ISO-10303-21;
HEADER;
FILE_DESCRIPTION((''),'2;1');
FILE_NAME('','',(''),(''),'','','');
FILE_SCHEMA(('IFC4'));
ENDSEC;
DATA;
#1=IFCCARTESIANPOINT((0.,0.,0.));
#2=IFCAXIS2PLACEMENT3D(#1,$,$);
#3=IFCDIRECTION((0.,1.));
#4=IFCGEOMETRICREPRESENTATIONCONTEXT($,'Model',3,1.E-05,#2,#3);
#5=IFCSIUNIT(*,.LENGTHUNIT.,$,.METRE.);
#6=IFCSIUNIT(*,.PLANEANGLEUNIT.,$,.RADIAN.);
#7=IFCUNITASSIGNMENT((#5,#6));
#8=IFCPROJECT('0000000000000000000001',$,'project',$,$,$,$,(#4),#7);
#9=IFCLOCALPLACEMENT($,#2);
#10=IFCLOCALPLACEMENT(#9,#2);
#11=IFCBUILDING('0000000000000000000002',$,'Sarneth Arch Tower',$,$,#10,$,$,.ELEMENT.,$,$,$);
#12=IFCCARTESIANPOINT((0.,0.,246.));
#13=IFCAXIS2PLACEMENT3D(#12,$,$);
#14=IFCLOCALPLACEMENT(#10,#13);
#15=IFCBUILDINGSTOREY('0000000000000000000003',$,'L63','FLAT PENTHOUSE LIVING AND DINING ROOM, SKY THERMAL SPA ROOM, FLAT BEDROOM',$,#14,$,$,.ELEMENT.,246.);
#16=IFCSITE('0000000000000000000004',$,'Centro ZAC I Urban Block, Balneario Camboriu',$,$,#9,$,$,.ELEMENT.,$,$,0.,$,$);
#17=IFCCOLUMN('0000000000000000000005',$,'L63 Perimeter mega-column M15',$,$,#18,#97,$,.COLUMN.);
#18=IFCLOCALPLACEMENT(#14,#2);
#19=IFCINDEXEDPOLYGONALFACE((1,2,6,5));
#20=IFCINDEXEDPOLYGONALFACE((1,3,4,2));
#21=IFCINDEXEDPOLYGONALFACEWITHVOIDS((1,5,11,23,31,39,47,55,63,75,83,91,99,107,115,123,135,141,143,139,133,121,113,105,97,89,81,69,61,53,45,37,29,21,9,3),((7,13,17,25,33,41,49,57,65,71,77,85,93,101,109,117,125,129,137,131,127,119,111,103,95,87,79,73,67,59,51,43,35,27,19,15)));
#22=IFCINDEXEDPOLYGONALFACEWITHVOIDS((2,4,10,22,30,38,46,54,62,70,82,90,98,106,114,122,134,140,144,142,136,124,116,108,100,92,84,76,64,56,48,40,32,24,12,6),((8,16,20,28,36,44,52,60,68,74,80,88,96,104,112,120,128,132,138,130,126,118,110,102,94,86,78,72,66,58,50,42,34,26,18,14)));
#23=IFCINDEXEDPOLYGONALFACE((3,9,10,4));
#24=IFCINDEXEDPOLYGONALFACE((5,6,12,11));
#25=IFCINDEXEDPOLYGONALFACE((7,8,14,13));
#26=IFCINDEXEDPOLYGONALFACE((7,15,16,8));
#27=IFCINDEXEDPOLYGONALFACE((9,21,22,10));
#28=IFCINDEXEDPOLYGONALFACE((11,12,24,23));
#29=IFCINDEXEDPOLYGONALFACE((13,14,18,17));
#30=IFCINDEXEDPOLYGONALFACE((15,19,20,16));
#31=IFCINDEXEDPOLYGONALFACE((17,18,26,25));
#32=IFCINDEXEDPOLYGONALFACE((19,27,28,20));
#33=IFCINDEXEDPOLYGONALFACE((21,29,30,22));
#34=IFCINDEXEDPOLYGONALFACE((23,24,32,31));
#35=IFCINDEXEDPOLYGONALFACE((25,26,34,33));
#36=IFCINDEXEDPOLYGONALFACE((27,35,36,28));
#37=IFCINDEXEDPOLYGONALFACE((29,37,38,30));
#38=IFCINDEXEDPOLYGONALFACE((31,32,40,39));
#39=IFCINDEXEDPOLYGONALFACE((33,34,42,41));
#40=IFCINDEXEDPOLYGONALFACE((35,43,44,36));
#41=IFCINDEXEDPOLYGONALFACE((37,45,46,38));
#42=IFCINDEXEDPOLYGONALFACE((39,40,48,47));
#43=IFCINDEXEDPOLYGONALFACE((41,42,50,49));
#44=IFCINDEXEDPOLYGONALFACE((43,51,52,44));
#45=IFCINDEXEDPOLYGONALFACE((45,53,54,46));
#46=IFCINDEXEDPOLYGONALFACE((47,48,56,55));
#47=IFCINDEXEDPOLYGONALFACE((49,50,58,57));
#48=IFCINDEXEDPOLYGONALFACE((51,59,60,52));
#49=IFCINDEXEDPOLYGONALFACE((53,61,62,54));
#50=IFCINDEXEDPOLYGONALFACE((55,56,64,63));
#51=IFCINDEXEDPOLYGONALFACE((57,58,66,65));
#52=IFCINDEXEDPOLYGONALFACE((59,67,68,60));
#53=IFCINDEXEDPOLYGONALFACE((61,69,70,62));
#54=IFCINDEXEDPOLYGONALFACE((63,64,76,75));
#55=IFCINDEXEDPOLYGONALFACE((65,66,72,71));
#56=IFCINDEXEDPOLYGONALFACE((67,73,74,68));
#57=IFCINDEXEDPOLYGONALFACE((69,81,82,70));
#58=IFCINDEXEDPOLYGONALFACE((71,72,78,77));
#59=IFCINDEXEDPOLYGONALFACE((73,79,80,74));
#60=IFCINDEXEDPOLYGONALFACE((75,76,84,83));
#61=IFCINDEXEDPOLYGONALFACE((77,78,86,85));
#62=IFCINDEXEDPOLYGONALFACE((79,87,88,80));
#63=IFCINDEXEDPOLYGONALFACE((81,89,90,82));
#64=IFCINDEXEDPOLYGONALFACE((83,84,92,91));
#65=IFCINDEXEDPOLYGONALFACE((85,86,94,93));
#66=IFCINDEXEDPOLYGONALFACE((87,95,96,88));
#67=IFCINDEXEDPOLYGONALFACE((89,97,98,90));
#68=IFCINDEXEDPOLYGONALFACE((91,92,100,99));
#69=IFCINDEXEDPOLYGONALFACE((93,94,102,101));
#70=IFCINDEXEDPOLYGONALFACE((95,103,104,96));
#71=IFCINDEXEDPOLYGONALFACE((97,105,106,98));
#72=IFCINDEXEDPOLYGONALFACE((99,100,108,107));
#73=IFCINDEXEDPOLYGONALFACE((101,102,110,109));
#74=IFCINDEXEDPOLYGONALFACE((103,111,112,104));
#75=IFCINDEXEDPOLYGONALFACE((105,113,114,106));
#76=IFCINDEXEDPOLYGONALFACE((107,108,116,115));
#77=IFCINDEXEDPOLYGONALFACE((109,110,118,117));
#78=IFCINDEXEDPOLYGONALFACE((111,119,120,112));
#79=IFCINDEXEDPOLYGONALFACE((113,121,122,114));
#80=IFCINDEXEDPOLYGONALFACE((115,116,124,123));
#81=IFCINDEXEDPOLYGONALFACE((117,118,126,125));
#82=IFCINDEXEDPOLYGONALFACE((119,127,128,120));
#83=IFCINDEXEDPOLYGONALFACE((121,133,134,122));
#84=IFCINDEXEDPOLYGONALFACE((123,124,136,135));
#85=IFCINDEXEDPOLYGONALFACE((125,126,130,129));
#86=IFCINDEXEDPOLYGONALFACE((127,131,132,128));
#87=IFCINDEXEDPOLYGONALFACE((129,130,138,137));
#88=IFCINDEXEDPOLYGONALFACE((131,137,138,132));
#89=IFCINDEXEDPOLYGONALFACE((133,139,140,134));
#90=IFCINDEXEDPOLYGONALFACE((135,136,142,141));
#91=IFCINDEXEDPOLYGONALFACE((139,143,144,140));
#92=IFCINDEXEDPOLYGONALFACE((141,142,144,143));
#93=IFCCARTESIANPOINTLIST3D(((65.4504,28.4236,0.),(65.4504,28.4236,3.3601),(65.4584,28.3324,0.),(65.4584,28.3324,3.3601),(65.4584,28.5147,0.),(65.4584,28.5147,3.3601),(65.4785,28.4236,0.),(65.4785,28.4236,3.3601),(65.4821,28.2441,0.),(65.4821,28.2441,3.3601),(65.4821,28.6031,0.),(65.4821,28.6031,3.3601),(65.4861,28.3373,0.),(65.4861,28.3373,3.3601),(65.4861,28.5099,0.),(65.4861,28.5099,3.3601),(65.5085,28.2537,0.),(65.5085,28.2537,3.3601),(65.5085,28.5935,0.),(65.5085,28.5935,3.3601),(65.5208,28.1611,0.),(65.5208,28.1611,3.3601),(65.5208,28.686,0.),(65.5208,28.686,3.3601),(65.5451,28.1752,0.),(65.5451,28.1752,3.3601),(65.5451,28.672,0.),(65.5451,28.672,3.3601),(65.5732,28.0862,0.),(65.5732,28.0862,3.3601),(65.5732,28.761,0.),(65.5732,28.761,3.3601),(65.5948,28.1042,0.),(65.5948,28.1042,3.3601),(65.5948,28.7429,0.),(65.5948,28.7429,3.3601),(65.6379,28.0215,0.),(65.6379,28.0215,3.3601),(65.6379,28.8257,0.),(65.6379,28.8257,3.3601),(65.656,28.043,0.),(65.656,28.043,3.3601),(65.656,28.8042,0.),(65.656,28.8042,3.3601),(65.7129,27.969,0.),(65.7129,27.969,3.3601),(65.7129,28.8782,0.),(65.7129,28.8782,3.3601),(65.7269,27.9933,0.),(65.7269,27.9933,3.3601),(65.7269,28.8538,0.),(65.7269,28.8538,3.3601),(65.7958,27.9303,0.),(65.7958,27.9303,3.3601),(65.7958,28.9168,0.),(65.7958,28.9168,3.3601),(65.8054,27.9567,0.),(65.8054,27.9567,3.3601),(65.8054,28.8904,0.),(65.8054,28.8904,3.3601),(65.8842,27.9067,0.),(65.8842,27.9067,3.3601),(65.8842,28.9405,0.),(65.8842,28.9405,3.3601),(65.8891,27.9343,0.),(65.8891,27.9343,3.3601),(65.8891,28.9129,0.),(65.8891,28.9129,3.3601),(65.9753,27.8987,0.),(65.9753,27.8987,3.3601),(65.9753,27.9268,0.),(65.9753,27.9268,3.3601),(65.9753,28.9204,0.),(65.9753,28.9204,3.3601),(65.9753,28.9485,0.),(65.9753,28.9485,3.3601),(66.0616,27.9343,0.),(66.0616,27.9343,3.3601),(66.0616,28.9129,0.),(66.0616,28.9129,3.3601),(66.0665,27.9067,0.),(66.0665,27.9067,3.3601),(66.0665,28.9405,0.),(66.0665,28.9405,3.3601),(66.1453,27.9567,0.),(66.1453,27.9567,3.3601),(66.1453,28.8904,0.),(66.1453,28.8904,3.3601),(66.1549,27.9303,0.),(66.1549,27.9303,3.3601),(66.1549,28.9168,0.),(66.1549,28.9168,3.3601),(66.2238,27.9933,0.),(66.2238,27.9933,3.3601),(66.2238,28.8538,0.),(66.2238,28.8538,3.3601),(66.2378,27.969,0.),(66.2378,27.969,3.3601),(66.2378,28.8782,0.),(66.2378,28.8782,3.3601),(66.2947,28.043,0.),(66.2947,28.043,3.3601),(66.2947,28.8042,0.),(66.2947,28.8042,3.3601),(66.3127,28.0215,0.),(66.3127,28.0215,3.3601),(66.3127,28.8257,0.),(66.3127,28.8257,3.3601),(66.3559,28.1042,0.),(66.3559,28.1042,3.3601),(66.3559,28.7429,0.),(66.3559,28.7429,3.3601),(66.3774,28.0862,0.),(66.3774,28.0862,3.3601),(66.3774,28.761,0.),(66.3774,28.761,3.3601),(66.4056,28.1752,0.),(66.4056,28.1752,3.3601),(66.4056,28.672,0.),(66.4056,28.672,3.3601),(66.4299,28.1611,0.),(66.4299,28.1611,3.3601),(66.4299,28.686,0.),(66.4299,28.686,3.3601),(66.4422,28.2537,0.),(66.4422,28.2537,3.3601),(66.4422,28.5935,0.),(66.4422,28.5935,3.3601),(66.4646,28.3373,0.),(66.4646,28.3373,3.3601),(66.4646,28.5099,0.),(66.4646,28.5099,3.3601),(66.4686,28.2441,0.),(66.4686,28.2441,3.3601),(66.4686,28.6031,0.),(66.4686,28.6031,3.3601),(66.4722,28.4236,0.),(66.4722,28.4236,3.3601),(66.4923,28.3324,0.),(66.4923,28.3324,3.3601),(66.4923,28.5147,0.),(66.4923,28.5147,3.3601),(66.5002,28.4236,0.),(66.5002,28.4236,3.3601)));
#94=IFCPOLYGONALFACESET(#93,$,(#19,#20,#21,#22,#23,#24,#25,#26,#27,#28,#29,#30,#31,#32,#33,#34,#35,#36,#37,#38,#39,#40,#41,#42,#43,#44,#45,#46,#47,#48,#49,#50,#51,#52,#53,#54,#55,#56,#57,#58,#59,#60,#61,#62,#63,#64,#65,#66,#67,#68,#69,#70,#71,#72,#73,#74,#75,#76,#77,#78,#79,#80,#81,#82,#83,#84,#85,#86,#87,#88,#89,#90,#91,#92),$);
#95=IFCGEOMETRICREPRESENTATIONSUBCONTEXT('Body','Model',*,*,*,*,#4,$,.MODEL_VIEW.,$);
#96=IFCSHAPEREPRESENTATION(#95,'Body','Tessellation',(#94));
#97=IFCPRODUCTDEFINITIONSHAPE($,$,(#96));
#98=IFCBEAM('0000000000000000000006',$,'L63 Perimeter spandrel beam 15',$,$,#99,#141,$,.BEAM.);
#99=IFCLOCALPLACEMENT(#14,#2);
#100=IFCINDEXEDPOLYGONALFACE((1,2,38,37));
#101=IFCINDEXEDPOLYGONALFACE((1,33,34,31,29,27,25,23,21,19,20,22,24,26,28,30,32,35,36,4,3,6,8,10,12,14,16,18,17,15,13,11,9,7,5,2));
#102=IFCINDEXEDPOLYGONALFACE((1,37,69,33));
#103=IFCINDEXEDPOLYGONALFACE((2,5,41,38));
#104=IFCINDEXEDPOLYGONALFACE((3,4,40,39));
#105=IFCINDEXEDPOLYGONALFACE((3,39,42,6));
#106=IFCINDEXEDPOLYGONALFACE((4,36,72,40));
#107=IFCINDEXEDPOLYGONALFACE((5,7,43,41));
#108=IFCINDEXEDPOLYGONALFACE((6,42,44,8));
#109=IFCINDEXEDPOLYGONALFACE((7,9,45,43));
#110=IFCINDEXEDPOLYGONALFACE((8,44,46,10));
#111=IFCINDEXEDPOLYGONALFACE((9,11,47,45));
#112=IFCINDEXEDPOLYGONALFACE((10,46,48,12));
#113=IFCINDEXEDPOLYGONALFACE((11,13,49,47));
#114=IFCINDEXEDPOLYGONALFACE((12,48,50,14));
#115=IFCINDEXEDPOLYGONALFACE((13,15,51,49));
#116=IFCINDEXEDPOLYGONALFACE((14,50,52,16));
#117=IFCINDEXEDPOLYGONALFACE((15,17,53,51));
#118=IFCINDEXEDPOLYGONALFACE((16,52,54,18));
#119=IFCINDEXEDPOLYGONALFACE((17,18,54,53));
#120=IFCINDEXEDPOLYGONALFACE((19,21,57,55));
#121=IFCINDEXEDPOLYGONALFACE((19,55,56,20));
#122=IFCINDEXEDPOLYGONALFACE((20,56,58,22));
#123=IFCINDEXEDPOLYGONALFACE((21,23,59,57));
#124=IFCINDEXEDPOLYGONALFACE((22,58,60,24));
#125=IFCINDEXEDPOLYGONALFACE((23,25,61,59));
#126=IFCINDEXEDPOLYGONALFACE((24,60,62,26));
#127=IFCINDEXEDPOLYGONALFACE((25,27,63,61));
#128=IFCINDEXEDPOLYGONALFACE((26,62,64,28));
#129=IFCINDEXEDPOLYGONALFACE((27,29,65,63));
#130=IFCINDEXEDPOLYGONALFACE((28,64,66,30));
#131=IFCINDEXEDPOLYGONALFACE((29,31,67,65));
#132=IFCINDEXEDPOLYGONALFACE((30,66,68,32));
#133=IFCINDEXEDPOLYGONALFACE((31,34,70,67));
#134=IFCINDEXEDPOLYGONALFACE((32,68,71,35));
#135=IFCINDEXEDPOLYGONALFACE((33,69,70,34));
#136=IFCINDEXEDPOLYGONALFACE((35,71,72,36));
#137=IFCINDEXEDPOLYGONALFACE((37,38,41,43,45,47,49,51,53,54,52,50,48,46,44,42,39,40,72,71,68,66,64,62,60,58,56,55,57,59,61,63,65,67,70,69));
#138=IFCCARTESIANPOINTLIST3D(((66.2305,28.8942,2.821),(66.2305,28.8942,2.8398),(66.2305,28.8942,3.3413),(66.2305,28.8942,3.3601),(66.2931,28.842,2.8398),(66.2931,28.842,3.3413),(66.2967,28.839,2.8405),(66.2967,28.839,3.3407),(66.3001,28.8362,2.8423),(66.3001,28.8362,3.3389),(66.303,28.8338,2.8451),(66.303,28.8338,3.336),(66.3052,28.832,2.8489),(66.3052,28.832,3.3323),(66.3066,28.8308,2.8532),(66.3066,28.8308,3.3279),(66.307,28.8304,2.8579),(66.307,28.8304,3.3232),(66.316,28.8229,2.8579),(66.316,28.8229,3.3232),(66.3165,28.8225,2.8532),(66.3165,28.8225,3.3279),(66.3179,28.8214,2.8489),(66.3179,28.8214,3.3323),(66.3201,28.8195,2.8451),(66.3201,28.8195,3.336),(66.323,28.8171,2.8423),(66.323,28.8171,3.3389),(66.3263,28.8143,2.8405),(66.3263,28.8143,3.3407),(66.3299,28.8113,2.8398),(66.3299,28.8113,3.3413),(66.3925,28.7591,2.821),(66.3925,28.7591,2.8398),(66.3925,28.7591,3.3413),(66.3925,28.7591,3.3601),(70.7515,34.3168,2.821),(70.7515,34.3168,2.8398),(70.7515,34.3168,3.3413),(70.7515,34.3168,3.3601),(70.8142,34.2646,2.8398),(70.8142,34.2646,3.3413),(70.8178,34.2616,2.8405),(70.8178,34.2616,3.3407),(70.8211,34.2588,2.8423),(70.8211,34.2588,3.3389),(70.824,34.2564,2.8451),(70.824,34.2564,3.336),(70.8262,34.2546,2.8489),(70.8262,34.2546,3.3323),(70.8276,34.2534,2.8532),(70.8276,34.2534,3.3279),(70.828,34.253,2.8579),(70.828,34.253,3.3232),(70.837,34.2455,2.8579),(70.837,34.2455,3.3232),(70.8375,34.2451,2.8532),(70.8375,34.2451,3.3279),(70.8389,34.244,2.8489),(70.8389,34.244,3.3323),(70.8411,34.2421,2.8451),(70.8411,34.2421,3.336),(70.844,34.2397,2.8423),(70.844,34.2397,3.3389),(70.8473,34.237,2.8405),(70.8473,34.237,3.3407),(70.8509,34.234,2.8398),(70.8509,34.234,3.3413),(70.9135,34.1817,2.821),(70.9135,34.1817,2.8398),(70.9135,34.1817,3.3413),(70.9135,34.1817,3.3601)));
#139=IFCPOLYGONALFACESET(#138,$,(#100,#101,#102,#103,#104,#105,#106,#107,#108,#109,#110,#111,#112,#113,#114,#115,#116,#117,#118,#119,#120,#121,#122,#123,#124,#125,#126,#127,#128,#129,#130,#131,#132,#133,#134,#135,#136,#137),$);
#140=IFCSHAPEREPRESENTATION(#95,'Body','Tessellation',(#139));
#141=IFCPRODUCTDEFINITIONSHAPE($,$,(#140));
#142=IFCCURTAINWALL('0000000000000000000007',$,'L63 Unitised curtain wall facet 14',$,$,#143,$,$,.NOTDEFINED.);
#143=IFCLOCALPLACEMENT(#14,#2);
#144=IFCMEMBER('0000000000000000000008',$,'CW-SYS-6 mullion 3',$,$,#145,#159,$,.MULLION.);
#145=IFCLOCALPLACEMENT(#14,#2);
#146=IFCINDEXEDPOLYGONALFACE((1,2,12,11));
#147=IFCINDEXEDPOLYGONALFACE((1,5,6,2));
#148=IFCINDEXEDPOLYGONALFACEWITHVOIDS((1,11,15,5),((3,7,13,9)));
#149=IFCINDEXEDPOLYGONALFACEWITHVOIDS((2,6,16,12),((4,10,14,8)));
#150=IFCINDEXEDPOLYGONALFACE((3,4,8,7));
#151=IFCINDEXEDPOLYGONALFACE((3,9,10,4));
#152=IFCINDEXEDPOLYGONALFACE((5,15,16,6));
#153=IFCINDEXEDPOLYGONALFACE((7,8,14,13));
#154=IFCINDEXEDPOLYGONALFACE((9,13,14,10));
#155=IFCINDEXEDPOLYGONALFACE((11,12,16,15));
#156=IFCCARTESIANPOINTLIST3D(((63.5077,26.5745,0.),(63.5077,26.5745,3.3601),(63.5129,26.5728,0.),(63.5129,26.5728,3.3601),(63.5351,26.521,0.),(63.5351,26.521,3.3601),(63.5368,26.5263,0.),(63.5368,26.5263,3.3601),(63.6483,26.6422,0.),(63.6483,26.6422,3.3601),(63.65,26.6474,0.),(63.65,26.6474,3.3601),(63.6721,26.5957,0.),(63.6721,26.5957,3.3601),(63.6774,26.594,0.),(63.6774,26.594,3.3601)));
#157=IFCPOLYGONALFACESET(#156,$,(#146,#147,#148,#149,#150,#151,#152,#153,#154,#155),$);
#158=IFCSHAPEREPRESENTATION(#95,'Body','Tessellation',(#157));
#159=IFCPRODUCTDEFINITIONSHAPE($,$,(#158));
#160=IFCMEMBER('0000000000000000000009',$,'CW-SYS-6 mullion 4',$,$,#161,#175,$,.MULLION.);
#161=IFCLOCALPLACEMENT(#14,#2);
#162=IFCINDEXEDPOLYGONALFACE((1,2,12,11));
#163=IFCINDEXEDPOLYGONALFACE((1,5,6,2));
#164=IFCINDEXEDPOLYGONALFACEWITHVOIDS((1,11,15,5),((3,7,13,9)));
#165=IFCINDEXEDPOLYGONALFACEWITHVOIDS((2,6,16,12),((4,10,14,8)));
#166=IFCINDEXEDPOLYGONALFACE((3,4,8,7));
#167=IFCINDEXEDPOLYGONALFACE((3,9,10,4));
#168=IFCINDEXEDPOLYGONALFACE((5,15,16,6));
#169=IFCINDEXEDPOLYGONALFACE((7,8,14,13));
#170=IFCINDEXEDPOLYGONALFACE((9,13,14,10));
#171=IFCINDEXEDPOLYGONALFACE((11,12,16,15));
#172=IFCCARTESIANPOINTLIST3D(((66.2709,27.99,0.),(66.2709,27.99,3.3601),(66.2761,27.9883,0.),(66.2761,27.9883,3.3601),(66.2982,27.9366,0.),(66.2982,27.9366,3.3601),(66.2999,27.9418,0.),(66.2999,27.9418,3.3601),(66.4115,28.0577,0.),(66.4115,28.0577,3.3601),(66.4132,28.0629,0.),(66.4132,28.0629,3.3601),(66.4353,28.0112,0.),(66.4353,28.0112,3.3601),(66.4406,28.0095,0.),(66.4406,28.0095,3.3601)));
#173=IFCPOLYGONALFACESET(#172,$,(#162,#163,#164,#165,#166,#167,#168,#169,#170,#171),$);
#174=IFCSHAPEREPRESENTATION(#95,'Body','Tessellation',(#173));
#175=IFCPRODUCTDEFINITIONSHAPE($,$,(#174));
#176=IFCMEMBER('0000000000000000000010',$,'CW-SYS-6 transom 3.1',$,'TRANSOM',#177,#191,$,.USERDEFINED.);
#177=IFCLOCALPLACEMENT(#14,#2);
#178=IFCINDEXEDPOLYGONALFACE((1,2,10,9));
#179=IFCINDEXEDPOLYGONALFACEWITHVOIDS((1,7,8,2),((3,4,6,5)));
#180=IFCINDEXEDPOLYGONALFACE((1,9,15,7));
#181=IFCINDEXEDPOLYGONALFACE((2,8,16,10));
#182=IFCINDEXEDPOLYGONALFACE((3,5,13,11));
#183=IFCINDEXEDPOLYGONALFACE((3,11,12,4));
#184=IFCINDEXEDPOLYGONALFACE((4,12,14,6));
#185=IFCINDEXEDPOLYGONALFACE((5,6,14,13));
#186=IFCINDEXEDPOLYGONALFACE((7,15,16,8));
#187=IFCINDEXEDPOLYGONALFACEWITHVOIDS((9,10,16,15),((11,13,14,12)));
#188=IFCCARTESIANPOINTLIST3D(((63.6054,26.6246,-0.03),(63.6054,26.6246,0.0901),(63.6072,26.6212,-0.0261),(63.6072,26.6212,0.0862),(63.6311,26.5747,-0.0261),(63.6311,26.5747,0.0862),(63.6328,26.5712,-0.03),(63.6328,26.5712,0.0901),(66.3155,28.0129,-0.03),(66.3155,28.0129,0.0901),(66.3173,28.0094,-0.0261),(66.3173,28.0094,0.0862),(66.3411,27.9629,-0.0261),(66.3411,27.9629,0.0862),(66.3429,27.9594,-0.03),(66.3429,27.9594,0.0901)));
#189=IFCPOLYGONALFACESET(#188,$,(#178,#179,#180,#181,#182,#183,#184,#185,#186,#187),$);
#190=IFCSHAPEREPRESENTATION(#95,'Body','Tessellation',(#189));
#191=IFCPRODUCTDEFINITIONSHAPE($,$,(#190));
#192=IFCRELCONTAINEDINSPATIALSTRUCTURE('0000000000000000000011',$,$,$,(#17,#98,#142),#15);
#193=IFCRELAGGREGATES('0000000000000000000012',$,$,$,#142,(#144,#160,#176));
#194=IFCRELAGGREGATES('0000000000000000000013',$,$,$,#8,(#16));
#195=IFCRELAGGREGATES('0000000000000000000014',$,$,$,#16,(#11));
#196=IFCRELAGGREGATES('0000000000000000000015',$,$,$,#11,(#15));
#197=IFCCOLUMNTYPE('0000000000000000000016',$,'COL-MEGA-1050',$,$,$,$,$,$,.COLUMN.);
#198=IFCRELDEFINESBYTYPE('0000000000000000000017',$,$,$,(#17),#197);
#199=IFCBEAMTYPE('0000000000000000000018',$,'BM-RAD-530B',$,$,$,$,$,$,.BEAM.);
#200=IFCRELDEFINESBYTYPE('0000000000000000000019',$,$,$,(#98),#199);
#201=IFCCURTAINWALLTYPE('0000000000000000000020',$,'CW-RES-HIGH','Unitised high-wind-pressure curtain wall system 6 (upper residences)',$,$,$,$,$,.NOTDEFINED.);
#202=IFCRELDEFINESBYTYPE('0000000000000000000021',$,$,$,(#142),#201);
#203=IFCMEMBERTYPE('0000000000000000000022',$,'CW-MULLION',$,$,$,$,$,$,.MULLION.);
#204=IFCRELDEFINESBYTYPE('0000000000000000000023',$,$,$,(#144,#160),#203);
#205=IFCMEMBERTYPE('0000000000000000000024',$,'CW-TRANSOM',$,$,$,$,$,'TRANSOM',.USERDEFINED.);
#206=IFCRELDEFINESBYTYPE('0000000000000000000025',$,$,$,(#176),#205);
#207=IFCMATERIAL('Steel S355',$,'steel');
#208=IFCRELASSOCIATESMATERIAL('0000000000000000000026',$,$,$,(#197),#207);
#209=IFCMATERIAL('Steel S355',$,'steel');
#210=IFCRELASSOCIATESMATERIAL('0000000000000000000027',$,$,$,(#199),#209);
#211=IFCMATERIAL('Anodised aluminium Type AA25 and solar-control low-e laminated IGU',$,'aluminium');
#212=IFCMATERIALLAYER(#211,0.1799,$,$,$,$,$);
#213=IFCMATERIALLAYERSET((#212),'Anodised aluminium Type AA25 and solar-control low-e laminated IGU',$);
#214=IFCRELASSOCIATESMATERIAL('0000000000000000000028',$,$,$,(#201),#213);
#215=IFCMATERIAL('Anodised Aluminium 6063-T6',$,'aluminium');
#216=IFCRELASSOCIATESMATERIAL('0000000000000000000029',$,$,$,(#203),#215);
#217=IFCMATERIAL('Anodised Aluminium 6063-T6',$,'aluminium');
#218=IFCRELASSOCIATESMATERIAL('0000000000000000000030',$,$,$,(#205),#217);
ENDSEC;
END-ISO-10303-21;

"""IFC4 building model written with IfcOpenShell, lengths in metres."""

from ifc_helpers import new_model, si_unit, direction, frame, origin, origin_2d, place, context, subcontext, project, spatial, hollow_rectangle, hollow_circle, i_section, extrude, material, layer, layer_set, material_profile, profile_set, type_object, element, aggregate, save


model = new_model("IFC4")

# Units and contexts
model_context = context("Model", 3, precision=1e-05, world=origin(), true_north=direction((0.0, 1.0)))
body_context = subcontext(model_context, "Body", "Model", "MODEL_VIEW")
ifc_project = project(units=[si_unit("LENGTHUNIT", "METRE"), si_unit("PLANEANGLEUNIT", "RADIAN")], contexts=[model_context])

# Site, building, storey
site_placement = place(None, origin())
site = spatial("IfcSite", under=ifc_project, at=site_placement, Name="Centro ZAC I Urban Block, Balneario Camboriu", CompositionType="ELEMENT", RefElevation=0.0)
building_placement = place(site_placement, origin())
building = spatial("IfcBuilding", under=site, at=building_placement, Name="Sarneth Arch Tower", CompositionType="ELEMENT")
storey_placement = place(building_placement, frame((0.0, 0.0, 246.0)))
storey = spatial("IfcBuildingStorey", under=building, at=storey_placement, Name="L63", Description="FLAT PENTHOUSE LIVING AND DINING ROOM, SKY THERMAL SPA ROOM, FLAT BEDROOM", CompositionType="ELEMENT", Elevation=246.0)

# Column
ifc_material_1 = material(Name="Steel S355", Category="steel")
ifc_material_profile_1 = material_profile(ifc_material_1, hollow_circle(Radius=0.5249, WallThickness=0.0281, at=origin_2d()), Name="CHS1050x28")
ifc_profile_set_1 = profile_set([ifc_material_profile_1], Name="Steel S355")
column_type = type_object("IfcColumnType", Name="COL-MEGA-1050", PredefinedType="COLUMN", material=ifc_profile_set_1)
column_placement = place(storey_placement, frame((65.9753, 28.4236, 0.0), z_axis=(0.0, 0.0, 1.0), x_axis=(1.0, 0.0, 0.0)))
element("IfcColumn", 1, at=column_placement, inside=storey, type_object=column_type, Name="L63 Perimeter mega-column M15", PredefinedType="COLUMN", context=body_context, shape_type="SweptSolid", body=[
    extrude(hollow_circle(Radius=0.5249, WallThickness=0.0281, at=origin_2d()), origin(), (0.0, 0.0, 1.0), 3.3601),
])

# Beam
ifc_material_2 = material(Name="Steel S355", Category="steel")
ifc_material_profile_2 = material_profile(ifc_material_2, i_section(OverallWidth=0.2109, OverallDepth=0.5391, WebThickness=0.0117, FlangeThickness=0.0188, FilletRadius=0.0181, at=origin_2d()), Name="W530x109")
ifc_profile_set_2 = profile_set([ifc_material_profile_2], Name="Steel S355")
beam_type = type_object("IfcBeamType", Name="BM-RAD-530B", PredefinedType="BEAM", material=ifc_profile_set_2)
beam_placement = place(storey_placement, frame((66.3115, 28.8267, 3.0906), z_axis=(0.640365, 0.768071, 0.0), x_axis=(-0.768071, 0.640365, 0.0)))
element("IfcBeam", 2, at=beam_placement, inside=storey, type_object=beam_type, Name="L63 Perimeter spandrel beam 15", PredefinedType="BEAM", context=body_context, shape_type="SweptSolid", body=[
    extrude(i_section(OverallWidth=0.2109, OverallDepth=0.5391, WebThickness=0.0117, FlangeThickness=0.0188, FilletRadius=0.0181, at=origin_2d()), origin(), (0.0, 0.0, 1.0), 7.0601),
])

# Curtain wall, members
ifc_material_3 = material(Name="Anodised aluminium Type AA25 and solar-control low-e laminated IGU", Category="aluminium")
ifc_layer_1 = layer(ifc_material_3, 0.1799)
ifc_layer_set_1 = layer_set([ifc_layer_1], Name="Anodised aluminium Type AA25 and solar-control low-e laminated IGU")
curtain_wall_type = type_object("IfcCurtainWallType", Name="CW-RES-HIGH", Description="Unitised high-wind-pressure curtain wall system 6 (upper residences)", PredefinedType="NOTDEFINED", material=ifc_layer_set_1)
curtain_wall_placement = place(storey_placement, origin())
curtain_wall = element("IfcCurtainWall", 3, at=curtain_wall_placement, inside=storey, type_object=curtain_wall_type, Name="L63 Unitised curtain wall facet 14", PredefinedType="NOTDEFINED")
ifc_material_4 = material(Name="Anodised Aluminium 6063-T6", Category="aluminium")
ifc_material_profile_3 = material_profile(ifc_material_4, hollow_rectangle(XDim=0.0601, YDim=0.1599, WallThickness=0.0039, at=origin_2d()), Name="AL-MULL-160x60x4")
ifc_profile_set_3 = profile_set([ifc_material_profile_3], Name="Anodised Aluminium 6063-T6")
member_type_1 = type_object("IfcMemberType", Name="CW-MULLION", PredefinedType="MULLION", material=ifc_profile_set_3)
member_1_placement = place(storey_placement, frame((63.5925, 26.5842, 0.0), z_axis=(0.0, 0.0, 1.0), x_axis=(-0.455942, 0.89001, 0.0)))
member_1 = element("IfcMember", 4, at=member_1_placement, type_object=member_type_1, Name="CW-SYS-6 mullion 3", PredefinedType="MULLION", context=body_context, shape_type="SweptSolid", body=[
    extrude(hollow_rectangle(XDim=0.0601, YDim=0.1599, WallThickness=0.0039, at=origin_2d()), origin(), (0.0, 0.0, 1.0), 3.3601),
])
member_2_placement = place(storey_placement, frame((66.3557, 27.9998, 0.0), z_axis=(0.0, 0.0, 1.0), x_axis=(-0.455942, 0.89001, 0.0)))
member_2 = element("IfcMember", 5, at=member_2_placement, type_object=member_type_1, Name="CW-SYS-6 mullion 4", PredefinedType="MULLION", context=body_context, shape_type="SweptSolid", body=[
    extrude(hollow_rectangle(XDim=0.0601, YDim=0.1599, WallThickness=0.0039, at=origin_2d()), origin(), (0.0, 0.0, 1.0), 3.3601),
])
ifc_material_5 = material(Name="Anodised Aluminium 6063-T6", Category="aluminium")
ifc_material_profile_4 = material_profile(ifc_material_5, hollow_rectangle(XDim=0.0601, YDim=0.1201, WallThickness=0.0039, at=origin_2d()), Name="AL-TRAN-120x60x4")
ifc_profile_set_4 = profile_set([ifc_material_profile_4], Name="Anodised Aluminium 6063-T6")
member_type_2 = type_object("IfcMemberType", Name="CW-TRANSOM", ElementType="TRANSOM", PredefinedType="USERDEFINED", material=ifc_profile_set_4)
member_3_placement = place(storey_placement, frame((63.6191, 26.5979, 0.03), z_axis=(0.890023, 0.455916, 0.0), x_axis=(-0.455916, 0.890023, 0.0)))
member_3 = element("IfcMember", 6, at=member_3_placement, type_object=member_type_2, Name="CW-SYS-6 transom 3.1", ObjectType="TRANSOM", PredefinedType="USERDEFINED", context=body_context, shape_type="SweptSolid", body=[
    extrude(hollow_rectangle(XDim=0.0601, YDim=0.1201, WallThickness=0.0039, at=origin_2d()), origin(), (0.0, 0.0, 1.0), 3.0449),
])

aggregate(curtain_wall, [member_1, member_2, member_3])

save(model, "model.ifc")
